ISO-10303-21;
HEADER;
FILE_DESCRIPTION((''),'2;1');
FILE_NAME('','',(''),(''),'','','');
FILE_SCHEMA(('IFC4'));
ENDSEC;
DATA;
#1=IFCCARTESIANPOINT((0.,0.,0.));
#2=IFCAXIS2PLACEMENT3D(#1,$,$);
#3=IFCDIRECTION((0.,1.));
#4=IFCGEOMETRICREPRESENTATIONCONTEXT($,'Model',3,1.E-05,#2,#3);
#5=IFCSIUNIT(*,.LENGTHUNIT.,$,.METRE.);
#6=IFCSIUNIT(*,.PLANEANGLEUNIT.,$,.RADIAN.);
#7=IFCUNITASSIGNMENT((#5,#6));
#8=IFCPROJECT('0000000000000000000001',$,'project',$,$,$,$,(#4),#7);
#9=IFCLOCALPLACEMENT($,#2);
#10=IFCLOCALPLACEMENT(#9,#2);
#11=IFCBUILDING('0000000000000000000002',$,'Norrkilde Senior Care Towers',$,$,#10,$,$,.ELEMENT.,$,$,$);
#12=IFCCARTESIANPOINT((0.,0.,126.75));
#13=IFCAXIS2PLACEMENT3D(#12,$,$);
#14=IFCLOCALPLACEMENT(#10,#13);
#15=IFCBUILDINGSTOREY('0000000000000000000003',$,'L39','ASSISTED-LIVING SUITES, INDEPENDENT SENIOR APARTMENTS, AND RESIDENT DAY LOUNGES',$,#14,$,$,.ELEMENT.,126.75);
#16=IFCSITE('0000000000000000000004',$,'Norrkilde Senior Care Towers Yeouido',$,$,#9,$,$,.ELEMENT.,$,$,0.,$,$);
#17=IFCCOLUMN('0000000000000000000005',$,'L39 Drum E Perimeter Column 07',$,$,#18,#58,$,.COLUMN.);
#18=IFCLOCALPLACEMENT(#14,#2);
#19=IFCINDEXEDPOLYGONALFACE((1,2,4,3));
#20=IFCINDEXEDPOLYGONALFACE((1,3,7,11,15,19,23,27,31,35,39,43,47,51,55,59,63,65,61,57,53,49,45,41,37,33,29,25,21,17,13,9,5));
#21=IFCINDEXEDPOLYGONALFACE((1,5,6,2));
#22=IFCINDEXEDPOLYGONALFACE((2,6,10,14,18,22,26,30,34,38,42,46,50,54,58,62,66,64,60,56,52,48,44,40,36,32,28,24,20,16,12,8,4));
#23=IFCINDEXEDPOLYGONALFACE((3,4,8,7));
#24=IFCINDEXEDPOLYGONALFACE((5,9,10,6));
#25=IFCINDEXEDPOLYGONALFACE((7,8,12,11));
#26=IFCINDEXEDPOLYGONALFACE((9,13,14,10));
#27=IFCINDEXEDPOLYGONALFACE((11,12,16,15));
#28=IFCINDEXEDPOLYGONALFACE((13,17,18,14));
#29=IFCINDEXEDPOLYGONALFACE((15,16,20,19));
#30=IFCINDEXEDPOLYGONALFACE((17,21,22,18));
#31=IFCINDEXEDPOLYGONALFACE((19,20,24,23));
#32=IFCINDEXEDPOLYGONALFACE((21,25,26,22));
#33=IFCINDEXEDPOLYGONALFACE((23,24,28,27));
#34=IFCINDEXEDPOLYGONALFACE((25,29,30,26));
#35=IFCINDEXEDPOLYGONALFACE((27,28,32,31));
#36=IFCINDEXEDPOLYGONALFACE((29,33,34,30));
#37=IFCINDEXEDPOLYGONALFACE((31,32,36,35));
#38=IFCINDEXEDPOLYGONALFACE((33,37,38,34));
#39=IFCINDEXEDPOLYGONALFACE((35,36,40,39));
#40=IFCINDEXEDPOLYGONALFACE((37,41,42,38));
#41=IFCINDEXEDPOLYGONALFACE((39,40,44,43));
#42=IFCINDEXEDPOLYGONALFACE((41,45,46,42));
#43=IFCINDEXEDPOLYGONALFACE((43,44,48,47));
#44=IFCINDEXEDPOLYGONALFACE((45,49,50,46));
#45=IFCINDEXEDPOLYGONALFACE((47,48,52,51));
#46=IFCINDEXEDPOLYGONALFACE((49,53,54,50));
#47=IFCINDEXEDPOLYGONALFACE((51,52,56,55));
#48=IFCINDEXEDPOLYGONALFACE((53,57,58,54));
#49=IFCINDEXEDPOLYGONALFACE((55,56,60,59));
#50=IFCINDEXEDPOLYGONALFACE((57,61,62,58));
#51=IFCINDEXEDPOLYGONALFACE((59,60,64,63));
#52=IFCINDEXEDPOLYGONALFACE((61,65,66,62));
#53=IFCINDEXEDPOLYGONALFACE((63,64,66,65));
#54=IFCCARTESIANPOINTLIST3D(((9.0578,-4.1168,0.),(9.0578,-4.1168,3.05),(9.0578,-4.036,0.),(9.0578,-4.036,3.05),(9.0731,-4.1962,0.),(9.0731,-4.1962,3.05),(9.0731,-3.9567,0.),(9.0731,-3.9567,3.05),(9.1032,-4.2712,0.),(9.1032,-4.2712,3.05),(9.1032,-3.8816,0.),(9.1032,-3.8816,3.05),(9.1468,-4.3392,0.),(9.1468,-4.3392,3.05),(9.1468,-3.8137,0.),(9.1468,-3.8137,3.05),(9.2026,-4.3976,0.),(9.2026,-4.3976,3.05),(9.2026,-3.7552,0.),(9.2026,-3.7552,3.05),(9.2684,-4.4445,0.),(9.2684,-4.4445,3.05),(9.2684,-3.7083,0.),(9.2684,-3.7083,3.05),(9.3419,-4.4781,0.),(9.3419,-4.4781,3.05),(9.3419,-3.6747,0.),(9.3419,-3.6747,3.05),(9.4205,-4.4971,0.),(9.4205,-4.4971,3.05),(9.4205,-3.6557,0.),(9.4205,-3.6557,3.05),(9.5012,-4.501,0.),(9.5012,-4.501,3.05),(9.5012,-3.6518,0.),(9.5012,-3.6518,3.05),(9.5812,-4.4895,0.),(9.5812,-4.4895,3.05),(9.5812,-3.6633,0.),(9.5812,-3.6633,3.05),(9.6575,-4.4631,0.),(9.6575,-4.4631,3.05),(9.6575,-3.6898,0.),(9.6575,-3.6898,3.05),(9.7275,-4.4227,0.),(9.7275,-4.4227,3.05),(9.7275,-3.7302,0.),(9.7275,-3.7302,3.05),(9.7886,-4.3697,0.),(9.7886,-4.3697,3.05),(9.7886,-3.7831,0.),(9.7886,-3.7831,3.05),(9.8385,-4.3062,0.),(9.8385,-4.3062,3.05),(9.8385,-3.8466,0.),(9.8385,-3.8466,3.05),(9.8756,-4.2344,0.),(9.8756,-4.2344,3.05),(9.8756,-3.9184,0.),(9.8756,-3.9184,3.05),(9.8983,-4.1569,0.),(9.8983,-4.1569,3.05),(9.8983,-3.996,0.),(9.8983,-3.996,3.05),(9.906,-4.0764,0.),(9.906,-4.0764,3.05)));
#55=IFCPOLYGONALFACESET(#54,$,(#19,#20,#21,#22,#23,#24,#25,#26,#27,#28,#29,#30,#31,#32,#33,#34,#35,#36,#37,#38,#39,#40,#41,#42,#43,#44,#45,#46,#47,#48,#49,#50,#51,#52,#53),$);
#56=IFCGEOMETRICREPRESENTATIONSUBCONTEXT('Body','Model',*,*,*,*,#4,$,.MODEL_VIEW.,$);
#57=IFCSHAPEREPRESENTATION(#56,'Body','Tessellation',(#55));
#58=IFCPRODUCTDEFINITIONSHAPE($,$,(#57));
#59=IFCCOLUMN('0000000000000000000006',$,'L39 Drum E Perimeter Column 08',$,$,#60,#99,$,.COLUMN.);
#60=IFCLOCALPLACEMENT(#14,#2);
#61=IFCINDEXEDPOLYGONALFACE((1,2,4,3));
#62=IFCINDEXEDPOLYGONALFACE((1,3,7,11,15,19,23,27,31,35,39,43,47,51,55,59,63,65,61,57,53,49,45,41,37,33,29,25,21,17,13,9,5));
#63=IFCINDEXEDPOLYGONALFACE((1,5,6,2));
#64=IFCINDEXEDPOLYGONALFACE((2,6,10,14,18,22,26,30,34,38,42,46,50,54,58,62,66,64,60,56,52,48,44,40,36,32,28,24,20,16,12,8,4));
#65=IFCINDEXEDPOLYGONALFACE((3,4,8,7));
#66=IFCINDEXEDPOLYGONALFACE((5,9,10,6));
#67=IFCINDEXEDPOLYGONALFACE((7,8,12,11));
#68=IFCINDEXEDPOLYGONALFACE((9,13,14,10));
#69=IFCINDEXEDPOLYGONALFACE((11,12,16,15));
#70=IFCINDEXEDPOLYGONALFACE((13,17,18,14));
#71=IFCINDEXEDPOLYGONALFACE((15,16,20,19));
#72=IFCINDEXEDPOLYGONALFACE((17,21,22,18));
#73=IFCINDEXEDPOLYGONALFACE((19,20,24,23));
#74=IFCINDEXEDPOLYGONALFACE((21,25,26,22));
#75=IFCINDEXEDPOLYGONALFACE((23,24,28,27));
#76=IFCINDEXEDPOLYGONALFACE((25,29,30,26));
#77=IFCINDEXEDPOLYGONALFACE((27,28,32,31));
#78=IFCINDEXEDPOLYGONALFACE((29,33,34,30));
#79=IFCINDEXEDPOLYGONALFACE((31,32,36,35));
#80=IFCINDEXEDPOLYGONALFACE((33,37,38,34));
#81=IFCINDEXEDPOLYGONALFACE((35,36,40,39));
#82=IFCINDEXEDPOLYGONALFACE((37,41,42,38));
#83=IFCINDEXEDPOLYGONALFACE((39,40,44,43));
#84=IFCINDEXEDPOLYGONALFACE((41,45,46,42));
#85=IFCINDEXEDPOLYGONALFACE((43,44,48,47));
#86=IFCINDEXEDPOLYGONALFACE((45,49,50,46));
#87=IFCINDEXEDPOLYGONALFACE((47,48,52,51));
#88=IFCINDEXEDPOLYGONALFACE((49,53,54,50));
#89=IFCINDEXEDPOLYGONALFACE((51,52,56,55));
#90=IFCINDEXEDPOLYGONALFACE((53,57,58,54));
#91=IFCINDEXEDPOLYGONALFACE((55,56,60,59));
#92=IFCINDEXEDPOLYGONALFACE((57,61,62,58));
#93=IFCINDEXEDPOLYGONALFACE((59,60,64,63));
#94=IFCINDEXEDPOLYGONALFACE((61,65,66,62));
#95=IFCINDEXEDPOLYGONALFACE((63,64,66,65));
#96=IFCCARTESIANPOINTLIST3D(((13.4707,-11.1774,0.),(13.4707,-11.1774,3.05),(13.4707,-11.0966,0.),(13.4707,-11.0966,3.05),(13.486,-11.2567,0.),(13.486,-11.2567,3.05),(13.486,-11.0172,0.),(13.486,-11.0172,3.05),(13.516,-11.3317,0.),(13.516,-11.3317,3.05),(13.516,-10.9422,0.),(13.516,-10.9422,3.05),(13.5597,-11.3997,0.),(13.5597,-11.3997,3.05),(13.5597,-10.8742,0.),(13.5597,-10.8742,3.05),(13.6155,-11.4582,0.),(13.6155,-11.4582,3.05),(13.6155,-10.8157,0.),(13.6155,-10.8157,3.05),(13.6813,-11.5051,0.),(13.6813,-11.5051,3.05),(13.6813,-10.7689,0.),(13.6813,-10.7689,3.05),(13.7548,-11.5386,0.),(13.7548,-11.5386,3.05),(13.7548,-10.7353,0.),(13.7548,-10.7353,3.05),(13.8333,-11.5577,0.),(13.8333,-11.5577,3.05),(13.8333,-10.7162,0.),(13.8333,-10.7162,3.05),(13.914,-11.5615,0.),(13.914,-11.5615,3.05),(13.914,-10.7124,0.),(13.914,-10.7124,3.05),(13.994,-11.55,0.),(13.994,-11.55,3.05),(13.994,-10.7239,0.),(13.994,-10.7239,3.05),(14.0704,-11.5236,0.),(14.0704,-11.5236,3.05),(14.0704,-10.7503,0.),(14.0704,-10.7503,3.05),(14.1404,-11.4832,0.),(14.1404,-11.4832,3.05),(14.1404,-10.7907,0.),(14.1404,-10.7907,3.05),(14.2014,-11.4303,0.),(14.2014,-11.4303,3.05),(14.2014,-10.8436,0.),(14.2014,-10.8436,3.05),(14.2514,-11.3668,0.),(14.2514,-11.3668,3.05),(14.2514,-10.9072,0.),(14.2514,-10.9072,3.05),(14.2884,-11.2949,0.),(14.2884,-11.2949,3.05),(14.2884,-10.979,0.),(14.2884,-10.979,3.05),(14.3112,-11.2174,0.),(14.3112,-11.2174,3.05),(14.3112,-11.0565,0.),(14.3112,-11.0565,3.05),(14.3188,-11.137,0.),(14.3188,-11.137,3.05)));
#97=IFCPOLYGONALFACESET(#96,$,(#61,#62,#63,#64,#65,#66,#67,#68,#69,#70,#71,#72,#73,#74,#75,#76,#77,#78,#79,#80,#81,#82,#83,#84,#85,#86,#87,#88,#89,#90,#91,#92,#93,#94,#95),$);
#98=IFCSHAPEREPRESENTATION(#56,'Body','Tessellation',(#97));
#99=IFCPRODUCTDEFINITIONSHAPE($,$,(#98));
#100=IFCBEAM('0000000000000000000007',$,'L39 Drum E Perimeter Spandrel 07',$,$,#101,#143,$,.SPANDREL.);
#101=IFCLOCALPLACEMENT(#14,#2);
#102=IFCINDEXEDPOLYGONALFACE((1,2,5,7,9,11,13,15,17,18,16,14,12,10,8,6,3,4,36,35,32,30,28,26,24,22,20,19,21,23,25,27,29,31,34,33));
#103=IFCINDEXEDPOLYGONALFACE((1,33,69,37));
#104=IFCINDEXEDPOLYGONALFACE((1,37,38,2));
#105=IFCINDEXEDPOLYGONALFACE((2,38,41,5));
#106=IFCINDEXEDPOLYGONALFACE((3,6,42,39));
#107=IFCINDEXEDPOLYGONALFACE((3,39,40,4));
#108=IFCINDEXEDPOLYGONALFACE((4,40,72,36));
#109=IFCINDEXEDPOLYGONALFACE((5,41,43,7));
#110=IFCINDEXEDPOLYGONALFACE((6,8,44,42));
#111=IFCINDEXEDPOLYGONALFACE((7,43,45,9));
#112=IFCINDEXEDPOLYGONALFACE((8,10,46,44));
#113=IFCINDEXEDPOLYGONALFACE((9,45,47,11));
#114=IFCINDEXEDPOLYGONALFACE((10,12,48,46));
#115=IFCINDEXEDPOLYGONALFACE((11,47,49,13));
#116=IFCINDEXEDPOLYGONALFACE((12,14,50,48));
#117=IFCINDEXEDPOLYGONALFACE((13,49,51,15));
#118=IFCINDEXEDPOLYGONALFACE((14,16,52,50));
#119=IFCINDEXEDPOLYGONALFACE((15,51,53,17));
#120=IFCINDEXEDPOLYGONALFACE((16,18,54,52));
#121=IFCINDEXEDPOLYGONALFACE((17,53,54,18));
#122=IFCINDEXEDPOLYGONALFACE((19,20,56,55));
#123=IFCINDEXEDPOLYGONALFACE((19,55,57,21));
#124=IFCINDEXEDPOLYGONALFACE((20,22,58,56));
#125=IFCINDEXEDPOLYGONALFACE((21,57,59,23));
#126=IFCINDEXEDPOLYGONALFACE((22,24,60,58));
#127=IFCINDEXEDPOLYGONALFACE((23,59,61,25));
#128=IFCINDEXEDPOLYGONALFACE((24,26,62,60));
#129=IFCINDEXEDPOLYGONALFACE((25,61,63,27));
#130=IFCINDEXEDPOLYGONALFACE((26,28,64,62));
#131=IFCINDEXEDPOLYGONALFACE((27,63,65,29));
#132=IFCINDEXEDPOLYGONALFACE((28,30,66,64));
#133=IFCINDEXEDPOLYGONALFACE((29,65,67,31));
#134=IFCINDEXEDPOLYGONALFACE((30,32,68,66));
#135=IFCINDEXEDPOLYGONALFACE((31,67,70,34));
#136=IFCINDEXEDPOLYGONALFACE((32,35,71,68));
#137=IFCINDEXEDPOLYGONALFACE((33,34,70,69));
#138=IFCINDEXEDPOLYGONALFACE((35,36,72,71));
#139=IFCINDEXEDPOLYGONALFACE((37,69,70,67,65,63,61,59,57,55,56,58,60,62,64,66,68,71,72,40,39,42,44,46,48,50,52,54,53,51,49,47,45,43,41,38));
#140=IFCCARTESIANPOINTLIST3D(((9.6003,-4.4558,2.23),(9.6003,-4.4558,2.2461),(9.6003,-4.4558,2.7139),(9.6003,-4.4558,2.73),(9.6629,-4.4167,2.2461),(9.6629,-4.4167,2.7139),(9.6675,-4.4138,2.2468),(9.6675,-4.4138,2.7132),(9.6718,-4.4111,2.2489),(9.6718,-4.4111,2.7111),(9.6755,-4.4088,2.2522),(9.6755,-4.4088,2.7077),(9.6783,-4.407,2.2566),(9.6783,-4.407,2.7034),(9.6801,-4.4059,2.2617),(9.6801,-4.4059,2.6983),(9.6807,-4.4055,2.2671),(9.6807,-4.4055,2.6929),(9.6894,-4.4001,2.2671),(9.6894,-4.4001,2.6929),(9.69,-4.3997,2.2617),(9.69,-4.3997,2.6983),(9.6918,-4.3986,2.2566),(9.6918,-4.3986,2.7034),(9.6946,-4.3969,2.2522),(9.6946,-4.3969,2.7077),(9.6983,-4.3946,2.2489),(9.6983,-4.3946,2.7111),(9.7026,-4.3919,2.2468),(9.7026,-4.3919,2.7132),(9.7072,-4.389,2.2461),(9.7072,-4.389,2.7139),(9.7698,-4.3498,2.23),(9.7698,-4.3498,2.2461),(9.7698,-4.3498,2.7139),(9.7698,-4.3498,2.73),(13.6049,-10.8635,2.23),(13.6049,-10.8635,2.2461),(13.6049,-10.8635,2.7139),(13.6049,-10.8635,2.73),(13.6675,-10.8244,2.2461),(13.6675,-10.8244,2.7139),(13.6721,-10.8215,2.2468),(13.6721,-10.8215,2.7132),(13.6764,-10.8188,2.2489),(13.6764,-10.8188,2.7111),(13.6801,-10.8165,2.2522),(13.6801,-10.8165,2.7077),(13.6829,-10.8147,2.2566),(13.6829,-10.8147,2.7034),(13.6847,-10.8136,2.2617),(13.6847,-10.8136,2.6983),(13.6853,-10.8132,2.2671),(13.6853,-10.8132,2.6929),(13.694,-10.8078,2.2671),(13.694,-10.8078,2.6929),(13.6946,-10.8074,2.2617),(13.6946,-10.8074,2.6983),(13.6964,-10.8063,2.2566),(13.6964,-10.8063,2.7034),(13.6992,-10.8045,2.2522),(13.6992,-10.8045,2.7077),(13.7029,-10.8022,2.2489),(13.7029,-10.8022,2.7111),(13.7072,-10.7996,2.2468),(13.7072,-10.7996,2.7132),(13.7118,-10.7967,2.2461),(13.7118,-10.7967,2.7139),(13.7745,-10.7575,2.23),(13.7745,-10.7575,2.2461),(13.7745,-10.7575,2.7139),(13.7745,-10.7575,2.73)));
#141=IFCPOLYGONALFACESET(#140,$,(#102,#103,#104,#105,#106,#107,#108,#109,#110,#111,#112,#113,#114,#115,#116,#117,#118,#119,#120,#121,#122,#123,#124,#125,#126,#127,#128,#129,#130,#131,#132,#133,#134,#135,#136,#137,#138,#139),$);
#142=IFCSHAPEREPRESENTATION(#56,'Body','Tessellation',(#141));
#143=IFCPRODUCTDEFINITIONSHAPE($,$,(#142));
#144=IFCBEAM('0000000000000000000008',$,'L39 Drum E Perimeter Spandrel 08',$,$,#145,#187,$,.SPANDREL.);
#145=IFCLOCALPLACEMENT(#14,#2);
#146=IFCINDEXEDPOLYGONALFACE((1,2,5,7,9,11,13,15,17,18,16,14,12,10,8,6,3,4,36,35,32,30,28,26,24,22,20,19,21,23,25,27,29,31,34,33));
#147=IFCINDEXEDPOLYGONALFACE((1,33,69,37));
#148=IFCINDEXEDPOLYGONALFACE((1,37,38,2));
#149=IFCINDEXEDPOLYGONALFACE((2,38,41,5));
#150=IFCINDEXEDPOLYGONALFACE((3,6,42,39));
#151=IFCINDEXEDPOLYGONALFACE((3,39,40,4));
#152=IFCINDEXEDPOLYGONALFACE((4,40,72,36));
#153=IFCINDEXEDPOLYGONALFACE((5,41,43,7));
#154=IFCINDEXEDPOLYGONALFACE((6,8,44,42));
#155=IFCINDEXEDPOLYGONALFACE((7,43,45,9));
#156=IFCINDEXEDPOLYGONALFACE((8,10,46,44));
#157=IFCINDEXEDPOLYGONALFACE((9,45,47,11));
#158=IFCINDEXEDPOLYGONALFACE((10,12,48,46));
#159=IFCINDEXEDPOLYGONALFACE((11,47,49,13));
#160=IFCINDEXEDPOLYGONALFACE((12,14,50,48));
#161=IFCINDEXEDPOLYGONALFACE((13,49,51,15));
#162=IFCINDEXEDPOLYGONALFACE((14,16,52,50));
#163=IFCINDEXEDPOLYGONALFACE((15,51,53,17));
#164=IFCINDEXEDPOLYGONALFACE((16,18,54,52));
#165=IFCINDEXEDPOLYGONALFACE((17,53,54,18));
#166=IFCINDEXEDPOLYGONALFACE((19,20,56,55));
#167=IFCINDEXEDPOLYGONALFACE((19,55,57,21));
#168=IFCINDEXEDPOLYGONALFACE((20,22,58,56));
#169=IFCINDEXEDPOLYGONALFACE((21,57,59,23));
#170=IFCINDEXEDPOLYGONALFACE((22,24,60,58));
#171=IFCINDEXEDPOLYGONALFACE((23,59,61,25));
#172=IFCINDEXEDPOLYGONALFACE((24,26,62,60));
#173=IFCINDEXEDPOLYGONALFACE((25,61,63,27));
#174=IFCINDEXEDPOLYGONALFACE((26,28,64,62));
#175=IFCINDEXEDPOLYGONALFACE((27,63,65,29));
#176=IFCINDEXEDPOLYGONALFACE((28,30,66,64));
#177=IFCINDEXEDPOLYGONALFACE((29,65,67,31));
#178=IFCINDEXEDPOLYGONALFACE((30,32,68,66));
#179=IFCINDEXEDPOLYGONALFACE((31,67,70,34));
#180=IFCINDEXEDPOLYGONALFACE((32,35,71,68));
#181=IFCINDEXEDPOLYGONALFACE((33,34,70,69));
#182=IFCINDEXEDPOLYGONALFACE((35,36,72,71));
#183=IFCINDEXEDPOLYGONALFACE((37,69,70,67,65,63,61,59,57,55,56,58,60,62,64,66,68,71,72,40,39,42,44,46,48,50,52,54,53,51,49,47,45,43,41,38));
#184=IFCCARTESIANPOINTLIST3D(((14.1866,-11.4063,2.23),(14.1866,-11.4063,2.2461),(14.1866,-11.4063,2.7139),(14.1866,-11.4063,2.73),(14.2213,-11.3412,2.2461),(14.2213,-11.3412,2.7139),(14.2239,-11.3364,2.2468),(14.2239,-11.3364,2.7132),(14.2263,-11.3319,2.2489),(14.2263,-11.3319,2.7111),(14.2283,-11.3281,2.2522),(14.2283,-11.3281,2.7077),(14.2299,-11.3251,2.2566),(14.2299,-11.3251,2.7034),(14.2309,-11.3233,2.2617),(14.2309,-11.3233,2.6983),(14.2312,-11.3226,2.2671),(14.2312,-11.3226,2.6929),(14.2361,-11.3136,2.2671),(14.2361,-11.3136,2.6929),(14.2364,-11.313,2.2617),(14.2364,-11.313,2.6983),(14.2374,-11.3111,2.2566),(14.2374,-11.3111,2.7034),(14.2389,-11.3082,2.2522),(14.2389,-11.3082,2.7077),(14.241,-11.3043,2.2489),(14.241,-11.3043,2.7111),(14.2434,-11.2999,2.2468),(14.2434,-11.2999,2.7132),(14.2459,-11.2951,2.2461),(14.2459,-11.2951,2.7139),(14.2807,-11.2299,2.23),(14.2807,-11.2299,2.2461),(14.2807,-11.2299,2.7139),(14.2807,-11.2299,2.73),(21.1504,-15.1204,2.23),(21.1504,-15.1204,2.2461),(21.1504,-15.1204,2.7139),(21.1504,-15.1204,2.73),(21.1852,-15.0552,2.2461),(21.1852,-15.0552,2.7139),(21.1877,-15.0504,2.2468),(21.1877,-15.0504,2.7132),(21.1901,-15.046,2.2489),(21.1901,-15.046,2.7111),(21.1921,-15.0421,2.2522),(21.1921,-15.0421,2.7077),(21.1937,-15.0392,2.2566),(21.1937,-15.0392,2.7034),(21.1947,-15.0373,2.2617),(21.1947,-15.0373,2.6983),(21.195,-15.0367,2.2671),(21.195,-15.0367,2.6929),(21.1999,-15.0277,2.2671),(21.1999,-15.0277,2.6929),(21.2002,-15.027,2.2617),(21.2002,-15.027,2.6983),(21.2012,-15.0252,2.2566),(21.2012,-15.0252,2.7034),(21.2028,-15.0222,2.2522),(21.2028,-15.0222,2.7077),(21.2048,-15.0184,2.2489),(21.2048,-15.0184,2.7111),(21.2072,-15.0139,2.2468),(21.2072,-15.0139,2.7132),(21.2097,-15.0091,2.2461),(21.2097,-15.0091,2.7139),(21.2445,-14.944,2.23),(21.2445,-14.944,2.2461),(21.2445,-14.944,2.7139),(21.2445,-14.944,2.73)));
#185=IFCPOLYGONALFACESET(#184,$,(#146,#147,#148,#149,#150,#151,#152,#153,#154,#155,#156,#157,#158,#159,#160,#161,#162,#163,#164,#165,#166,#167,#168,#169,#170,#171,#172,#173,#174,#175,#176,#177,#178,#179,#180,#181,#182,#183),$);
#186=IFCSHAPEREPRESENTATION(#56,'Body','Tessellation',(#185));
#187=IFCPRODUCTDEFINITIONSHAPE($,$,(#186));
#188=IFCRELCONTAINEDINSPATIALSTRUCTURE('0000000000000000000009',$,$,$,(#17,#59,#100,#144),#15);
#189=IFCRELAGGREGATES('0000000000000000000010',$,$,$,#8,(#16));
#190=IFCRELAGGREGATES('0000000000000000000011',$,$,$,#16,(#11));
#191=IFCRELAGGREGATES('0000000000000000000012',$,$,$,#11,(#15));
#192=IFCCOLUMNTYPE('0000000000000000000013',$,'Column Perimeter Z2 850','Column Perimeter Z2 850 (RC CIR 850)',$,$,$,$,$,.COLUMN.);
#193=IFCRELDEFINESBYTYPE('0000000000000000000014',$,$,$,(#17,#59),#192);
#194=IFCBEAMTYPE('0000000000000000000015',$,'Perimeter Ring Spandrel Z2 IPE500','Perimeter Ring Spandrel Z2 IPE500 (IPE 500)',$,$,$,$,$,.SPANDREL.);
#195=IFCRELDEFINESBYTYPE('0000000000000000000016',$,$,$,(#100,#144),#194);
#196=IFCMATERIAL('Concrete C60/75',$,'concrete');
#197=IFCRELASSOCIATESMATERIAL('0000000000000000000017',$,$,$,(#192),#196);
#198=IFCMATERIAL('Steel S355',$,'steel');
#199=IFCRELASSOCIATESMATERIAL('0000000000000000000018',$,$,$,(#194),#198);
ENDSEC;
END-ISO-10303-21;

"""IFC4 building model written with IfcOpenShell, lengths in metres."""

from ifc_helpers import new_model, si_unit, direction, frame, origin, origin_2d, place, context, subcontext, project, spatial, circle, i_section, extrude, source, transform, mapped, material, material_profile, profile_set, type_object, type_shapes, element, save


model = new_model("IFC4")

# Units and contexts
model_context = context("Model", 3, precision=1e-05, world=origin(), true_north=direction((0.0, 1.0)))
body_context = subcontext(model_context, "Body", "Model", "MODEL_VIEW")
ifc_project = project(units=[si_unit("LENGTHUNIT", "METRE"), si_unit("PLANEANGLEUNIT", "RADIAN")], contexts=[model_context])

# Site, building, storey
site_placement = place(None, origin())
site = spatial("IfcSite", under=ifc_project, at=site_placement, Name="Norrkilde Senior Care Towers Yeouido", CompositionType="ELEMENT", RefElevation=0.0)
building_placement = place(site_placement, origin())
building = spatial("IfcBuilding", under=site, at=building_placement, Name="Norrkilde Senior Care Towers", CompositionType="ELEMENT")
storey_placement = place(building_placement, frame((0.0, 0.0, 126.75)))
storey = spatial("IfcBuildingStorey", under=building, at=storey_placement, Name="L39", Description="ASSISTED-LIVING SUITES, INDEPENDENT SENIOR APARTMENTS, AND RESIDENT DAY LOUNGES", CompositionType="ELEMENT", Elevation=126.75)

# Columns
ifc_material_1 = material(Name="Concrete C60/75", Category="concrete")
ifc_material_profile_1 = material_profile(ifc_material_1, circle(Radius=0.425, at=origin_2d()), Name="RC CIR 850")
ifc_profile_set_1 = profile_set([ifc_material_profile_1], Name="Concrete C60/75")
column_type = type_object("IfcColumnType", Name="Column Perimeter Z2 850", Description="Column Perimeter Z2 850 (RC CIR 850)", PredefinedType="COLUMN", material=ifc_profile_set_1)
shared_shape_1 = source(origin(), body_context, "Body", "SweptSolid", [
    extrude(circle(Radius=0.425, at=origin_2d()), origin(), (0.0, 0.0, 1.0), 3.05),
])
type_shapes(column_type, [shared_shape_1])
for number, where, z_axis, x_axis, name in (
    (1, (9.481, -4.0764, 0.0), (0.0, 0.0, 1.0), (1.0, 0.0, 0.0), "L39 Drum E Perimeter Column 07"),
    (2, (13.8938, -11.137, 0.0), (0.0, 0.0, 1.0), (1.0, 0.0, 0.0), "L39 Drum E Perimeter Column 08"),
):
    element("IfcColumn", number, at=place(storey_placement, frame(where, z_axis=z_axis, x_axis=x_axis)), inside=storey, type_object=column_type, Name=name, PredefinedType="COLUMN", context=body_context, shape_type="MappedRepresentation", body=[
        mapped(shared_shape_1, transform((0.0, 0.0, 0.0), x_axis=(1.0, 0.0, 0.0), y_axis=(0.0, 1.0, 0.0), z_axis=(0.0, 0.0, 1.0), scale=1.0)),
    ])

# Beams
ifc_material_2 = material(Name="Steel S355", Category="steel")
ifc_material_profile_2 = material_profile(ifc_material_2, i_section(OverallWidth=0.2, OverallDepth=0.5, WebThickness=0.0103, FlangeThickness=0.0161, FilletRadius=0.021, at=origin_2d()), Name="IPE 500")
ifc_profile_set_2 = profile_set([ifc_material_profile_2], Name="Steel S355")
beam_type_1 = type_object("IfcBeamType", Name="Perimeter Ring Spandrel Z2 IPE500", Description="Perimeter Ring Spandrel Z2 IPE500 (IPE 500)", PredefinedType="SPANDREL", material=ifc_profile_set_2)
shared_shape_2 = source(origin(), body_context, "Body", "SweptSolid", [
    extrude(i_section(OverallWidth=0.2, OverallDepth=0.5, WebThickness=0.0103, FlangeThickness=0.0161, FilletRadius=0.021, at=origin_2d()), origin(), (0.0, 0.0, 1.0), 7.5562),
])
beam_1_placement = place(storey_placement, frame((9.6851, -4.4028, 2.48), z_axis=(0.529982, -0.848009, 0.0), x_axis=(0.848009, 0.529982, 0.0)))
element("IfcBeam", 3, at=beam_1_placement, inside=storey, type_object=beam_type_1, Name="L39 Drum E Perimeter Spandrel 07", PredefinedType="SPANDREL", context=body_context, shape_type="MappedRepresentation", body=[
    mapped(shared_shape_2, transform((0.0, 0.0, 0.0), x_axis=(1.0, 0.0, 0.0), y_axis=(0.0, 1.0, 0.0), z_axis=(0.0, 0.0, 1.0), scale=1.0)),
])
shared_shape_3 = source(origin(), body_context, "Body", "SweptSolid", [
    extrude(i_section(OverallWidth=0.2, OverallDepth=0.5, WebThickness=0.0103, FlangeThickness=0.0161, FilletRadius=0.021, at=origin_2d()), origin(), (0.0, 0.0, 1.0), 7.8923),
])
type_shapes(beam_type_1, [shared_shape_2, shared_shape_3])
beam_2_placement = place(storey_placement, frame((14.2336, -11.3181, 2.48), z_axis=(0.88235, -0.470593, 0.0), x_axis=(0.470593, 0.88235, 0.0)))
element("IfcBeam", 4, at=beam_2_placement, inside=storey, type_object=beam_type_1, Name="L39 Drum E Perimeter Spandrel 08", PredefinedType="SPANDREL", context=body_context, shape_type="MappedRepresentation", body=[
    mapped(shared_shape_3, transform((0.0, 0.0, 0.0), x_axis=(1.0, 0.0, 0.0), y_axis=(0.0, 1.0, 0.0), z_axis=(0.0, 0.0, 1.0), scale=1.0)),
])

save(model, "model.ifc")
